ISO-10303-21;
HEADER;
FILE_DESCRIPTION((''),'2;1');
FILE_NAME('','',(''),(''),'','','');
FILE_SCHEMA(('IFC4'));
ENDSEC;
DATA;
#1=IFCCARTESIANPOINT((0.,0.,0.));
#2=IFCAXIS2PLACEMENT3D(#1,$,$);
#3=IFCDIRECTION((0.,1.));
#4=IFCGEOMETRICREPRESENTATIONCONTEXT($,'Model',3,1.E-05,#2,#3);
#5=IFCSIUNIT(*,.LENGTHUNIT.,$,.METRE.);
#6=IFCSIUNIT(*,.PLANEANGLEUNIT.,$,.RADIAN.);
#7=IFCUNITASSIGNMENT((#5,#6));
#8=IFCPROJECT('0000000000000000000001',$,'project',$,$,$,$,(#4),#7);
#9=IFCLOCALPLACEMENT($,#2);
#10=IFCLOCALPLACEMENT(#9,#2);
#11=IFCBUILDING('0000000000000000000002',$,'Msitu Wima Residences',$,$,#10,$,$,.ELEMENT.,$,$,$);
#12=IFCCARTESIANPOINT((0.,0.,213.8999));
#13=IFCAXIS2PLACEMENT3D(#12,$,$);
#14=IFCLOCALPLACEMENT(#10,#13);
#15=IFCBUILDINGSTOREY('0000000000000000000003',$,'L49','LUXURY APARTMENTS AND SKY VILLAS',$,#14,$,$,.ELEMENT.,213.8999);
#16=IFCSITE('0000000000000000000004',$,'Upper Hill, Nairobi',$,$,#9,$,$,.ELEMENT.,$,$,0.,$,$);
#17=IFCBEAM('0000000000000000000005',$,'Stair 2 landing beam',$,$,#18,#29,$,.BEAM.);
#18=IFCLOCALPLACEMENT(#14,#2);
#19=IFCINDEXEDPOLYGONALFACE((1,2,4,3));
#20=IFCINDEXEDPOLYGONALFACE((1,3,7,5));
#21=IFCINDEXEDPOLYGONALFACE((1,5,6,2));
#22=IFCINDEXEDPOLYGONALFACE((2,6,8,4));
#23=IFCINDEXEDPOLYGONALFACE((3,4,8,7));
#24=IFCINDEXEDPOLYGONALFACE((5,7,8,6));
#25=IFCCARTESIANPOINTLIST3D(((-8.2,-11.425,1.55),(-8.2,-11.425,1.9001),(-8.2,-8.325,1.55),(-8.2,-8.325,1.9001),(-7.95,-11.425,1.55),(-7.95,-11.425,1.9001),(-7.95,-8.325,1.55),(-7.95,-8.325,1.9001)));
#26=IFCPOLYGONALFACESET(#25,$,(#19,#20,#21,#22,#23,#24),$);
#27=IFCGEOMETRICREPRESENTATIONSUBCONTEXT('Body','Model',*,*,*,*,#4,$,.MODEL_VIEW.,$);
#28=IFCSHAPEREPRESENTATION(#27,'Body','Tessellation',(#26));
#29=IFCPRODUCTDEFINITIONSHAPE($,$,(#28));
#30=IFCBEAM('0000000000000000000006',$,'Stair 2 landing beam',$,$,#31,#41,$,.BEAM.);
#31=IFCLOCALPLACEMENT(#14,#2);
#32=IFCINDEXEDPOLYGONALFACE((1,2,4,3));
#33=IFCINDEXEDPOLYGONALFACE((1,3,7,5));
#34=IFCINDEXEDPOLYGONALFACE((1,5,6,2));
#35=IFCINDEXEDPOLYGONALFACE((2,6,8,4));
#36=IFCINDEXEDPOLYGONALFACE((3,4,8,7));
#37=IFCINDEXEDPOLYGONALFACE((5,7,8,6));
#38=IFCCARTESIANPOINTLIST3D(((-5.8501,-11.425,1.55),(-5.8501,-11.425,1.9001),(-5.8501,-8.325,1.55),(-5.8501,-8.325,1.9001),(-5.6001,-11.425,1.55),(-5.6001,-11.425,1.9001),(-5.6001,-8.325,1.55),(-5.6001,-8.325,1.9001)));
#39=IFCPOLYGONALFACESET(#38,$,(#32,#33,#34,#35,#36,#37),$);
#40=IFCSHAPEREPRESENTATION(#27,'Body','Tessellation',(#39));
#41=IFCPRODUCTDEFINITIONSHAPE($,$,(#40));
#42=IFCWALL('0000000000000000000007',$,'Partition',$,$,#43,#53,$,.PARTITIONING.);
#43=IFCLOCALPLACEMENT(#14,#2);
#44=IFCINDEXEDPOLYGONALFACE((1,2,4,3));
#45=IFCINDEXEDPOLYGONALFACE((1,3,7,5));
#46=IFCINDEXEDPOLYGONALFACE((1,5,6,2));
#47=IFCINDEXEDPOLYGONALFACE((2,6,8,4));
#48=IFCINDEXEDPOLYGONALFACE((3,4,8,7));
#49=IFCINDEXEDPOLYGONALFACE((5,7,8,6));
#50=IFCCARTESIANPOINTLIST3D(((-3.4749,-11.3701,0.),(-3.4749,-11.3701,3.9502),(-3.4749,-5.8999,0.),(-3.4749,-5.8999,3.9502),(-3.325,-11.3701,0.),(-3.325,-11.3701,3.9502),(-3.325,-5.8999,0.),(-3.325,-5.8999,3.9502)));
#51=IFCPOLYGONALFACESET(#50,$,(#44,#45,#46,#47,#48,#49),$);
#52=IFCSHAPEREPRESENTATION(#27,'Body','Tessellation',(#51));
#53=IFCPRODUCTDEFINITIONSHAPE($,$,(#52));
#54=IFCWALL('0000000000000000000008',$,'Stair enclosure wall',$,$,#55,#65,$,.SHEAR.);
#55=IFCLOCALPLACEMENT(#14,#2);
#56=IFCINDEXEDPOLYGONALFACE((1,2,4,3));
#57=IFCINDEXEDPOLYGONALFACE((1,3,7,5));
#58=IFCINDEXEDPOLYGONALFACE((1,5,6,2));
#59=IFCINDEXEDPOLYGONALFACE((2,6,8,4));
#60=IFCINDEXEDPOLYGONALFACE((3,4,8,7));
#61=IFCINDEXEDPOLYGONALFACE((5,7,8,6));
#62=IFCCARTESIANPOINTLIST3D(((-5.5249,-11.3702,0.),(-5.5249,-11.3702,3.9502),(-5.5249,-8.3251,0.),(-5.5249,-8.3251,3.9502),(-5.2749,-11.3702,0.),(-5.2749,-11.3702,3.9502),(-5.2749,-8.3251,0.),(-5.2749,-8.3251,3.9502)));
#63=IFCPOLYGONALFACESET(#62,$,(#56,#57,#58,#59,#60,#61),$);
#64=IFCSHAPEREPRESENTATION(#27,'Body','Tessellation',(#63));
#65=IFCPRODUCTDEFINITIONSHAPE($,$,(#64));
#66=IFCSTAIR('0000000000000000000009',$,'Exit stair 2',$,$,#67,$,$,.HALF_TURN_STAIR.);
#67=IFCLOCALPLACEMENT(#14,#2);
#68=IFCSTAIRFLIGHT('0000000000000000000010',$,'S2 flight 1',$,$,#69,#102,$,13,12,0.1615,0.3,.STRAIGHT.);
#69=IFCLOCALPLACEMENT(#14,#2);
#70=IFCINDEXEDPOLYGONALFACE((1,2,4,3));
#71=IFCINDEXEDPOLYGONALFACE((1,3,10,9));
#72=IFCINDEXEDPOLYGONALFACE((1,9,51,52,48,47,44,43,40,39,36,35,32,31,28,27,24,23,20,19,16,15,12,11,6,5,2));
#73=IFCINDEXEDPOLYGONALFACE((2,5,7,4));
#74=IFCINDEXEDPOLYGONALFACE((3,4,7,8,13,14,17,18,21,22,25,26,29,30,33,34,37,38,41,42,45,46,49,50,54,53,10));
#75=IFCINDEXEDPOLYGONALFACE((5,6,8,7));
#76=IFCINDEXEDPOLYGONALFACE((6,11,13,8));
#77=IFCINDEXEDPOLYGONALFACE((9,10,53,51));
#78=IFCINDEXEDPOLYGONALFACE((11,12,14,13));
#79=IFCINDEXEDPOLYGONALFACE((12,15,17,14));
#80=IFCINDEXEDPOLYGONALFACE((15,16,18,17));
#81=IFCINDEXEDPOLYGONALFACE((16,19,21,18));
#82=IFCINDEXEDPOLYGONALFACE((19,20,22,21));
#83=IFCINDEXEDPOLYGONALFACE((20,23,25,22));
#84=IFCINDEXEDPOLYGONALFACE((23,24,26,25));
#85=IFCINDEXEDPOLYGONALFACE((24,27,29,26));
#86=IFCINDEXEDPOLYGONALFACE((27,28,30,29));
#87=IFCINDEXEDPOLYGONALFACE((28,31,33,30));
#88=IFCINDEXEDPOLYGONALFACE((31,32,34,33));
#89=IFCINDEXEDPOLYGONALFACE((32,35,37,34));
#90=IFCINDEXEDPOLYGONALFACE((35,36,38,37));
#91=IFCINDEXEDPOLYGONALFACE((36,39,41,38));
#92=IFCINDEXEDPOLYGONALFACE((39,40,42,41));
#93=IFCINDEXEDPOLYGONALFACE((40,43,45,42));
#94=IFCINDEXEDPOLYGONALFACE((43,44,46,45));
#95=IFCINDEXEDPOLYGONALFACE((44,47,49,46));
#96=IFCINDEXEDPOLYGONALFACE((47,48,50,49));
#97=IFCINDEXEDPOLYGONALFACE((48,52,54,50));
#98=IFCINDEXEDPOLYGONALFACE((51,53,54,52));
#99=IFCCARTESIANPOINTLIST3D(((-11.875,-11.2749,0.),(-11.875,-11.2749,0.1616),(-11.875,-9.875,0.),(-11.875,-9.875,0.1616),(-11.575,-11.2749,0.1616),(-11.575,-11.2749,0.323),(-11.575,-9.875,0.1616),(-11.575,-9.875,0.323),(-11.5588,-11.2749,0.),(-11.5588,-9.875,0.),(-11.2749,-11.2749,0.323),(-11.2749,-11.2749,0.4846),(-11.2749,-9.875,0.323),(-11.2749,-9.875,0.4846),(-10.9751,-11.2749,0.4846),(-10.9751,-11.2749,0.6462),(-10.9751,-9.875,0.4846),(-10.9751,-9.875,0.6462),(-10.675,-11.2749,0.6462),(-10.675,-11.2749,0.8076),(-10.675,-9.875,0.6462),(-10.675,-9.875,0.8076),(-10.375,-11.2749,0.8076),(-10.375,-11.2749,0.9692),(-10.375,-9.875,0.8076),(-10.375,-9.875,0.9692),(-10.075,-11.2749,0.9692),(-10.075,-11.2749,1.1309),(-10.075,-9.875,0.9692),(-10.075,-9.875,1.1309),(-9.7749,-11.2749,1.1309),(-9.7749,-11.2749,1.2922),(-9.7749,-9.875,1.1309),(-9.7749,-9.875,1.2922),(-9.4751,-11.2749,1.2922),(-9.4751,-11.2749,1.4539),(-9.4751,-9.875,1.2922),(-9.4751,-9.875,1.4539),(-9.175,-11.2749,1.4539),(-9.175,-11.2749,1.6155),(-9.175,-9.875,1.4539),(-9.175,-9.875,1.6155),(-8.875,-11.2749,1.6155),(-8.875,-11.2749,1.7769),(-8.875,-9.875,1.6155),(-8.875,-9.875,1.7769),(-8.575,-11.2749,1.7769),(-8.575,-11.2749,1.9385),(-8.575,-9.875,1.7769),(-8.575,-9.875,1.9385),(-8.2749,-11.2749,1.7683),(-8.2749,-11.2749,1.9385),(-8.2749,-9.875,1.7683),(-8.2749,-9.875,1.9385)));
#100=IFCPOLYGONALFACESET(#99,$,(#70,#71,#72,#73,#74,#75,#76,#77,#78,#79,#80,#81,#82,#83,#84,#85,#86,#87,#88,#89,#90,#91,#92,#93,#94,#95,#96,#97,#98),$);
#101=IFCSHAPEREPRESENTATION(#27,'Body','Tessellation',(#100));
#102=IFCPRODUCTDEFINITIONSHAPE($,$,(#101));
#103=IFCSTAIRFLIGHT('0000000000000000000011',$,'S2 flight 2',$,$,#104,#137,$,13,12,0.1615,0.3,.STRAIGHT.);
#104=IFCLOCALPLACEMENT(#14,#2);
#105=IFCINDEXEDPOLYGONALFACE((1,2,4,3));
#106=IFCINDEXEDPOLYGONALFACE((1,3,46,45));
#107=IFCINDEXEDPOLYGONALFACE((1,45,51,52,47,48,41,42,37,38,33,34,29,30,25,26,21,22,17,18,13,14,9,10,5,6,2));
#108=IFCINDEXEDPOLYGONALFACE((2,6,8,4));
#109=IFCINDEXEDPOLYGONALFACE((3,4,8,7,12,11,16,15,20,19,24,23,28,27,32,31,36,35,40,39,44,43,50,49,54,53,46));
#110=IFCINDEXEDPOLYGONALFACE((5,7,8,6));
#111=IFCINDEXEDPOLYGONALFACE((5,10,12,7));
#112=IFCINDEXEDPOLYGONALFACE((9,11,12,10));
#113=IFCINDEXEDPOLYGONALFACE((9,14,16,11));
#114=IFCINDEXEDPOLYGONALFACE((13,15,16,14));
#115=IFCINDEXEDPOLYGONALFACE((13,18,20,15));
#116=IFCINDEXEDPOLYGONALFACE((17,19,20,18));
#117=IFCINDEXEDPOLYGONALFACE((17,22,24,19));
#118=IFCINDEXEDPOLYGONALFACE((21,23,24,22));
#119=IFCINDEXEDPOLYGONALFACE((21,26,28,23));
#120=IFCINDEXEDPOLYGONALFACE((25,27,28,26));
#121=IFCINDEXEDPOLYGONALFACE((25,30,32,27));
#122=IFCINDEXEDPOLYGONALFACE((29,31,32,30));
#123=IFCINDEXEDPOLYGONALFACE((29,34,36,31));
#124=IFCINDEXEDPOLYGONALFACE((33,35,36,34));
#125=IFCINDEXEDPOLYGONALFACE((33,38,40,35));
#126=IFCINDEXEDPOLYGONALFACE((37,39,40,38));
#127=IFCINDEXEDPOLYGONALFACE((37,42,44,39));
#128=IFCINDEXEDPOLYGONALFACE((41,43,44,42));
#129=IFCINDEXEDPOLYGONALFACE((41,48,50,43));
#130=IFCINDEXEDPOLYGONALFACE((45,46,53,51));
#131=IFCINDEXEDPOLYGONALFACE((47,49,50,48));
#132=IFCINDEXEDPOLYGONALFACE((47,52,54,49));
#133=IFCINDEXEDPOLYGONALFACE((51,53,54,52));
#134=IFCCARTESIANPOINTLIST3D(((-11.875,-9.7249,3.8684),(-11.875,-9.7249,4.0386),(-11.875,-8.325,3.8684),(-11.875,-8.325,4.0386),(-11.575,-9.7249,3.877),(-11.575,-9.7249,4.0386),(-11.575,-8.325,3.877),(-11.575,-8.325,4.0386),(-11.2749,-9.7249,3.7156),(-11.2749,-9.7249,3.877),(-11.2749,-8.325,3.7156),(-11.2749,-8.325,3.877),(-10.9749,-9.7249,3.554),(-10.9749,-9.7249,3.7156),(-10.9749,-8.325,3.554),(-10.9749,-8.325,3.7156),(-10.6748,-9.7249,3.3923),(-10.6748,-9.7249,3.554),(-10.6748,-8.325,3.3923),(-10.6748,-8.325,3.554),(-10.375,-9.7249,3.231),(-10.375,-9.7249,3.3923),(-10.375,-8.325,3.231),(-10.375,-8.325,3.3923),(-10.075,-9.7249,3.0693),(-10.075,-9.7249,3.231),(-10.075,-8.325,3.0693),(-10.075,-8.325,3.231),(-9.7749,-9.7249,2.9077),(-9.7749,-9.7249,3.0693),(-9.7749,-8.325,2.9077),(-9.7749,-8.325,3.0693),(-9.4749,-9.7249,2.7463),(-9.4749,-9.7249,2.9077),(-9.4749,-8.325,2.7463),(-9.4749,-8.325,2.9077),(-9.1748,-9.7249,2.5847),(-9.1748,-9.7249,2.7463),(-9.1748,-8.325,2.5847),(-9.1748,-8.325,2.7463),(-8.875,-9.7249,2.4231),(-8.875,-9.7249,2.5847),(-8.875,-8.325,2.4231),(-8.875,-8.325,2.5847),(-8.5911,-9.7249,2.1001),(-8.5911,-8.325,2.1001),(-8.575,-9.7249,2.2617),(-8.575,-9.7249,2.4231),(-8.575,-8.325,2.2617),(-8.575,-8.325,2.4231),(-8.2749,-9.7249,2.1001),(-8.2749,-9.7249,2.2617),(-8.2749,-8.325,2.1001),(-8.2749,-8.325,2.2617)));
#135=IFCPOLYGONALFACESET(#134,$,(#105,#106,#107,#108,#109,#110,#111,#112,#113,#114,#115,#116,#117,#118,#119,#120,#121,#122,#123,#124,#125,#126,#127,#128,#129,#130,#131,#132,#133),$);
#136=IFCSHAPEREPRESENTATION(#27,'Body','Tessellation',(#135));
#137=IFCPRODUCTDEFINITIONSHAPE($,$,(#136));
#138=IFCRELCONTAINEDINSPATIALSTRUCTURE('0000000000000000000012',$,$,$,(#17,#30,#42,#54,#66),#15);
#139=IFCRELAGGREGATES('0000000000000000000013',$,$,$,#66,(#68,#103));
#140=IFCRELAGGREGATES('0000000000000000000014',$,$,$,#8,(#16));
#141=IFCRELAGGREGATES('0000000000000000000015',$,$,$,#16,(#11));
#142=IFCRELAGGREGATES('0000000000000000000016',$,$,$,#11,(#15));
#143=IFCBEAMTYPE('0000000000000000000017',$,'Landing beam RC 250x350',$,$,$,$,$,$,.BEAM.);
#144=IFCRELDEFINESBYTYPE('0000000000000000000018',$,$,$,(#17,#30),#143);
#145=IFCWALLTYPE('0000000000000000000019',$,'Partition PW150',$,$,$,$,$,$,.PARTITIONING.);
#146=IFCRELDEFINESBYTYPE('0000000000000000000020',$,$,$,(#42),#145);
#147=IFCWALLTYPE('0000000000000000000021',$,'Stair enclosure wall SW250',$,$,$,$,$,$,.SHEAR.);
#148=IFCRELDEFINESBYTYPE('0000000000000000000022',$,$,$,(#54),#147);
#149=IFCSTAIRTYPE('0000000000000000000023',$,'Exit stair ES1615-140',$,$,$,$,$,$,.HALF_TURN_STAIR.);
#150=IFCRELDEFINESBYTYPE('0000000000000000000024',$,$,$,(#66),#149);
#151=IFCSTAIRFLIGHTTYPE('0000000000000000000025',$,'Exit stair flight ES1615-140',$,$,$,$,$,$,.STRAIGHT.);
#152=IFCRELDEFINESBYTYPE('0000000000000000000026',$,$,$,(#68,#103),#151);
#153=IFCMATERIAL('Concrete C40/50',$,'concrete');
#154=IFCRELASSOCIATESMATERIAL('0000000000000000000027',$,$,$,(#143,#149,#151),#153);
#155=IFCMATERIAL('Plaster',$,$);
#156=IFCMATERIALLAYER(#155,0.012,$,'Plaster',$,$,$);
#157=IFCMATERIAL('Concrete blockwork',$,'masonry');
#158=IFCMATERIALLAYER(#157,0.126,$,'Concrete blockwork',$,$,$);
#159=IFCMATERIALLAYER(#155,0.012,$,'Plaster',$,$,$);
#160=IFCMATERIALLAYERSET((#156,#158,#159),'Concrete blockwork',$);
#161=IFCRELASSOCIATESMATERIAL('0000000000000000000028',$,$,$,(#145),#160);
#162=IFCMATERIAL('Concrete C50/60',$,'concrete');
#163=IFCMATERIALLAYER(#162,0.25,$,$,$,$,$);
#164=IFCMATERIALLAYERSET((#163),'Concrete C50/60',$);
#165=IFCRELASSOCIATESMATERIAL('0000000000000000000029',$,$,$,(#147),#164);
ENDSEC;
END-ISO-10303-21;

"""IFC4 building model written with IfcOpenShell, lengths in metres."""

from ifc_helpers import new_model, si_unit, direction, frame, frame_2d, origin, origin_2d, place, context, subcontext, project, spatial, polyline, rectangle, outline, extrude, material, layer, layer_set, material_profile, profile_set, type_object, element, aggregate, save


model = new_model("IFC4")

# Units and contexts
model_context = context("Model", 3, precision=1e-05, world=origin(), true_north=direction((0.0, 1.0)))
body_context = subcontext(model_context, "Body", "Model", "MODEL_VIEW")
ifc_project = project(units=[si_unit("LENGTHUNIT", "METRE"), si_unit("PLANEANGLEUNIT", "RADIAN")], contexts=[model_context])

# Site, building, storey
site_placement = place(None, origin())
site = spatial("IfcSite", under=ifc_project, at=site_placement, Name="Upper Hill, Nairobi", CompositionType="ELEMENT", RefElevation=0.0)
building_placement = place(site_placement, origin())
building = spatial("IfcBuilding", under=site, at=building_placement, Name="Msitu Wima Residences", CompositionType="ELEMENT")
storey_placement = place(building_placement, frame((0.0, 0.0, 213.8999)))
storey = spatial("IfcBuildingStorey", under=building, at=storey_placement, Name="L49", Description="LUXURY APARTMENTS AND SKY VILLAS", CompositionType="ELEMENT", Elevation=213.8999)

# Beams
ifc_material_1 = material(Name="Concrete C40/50", Category="concrete")
ifc_material_profile = material_profile(ifc_material_1, rectangle(XDim=0.25, YDim=0.3501, at=origin_2d()), Name="RC 250x350")
ifc_profile_set = profile_set([ifc_material_profile], Name="Concrete C40/50")
beam_type = type_object("IfcBeamType", Name="Landing beam RC 250x350", PredefinedType="BEAM", material=ifc_profile_set)
for number, where, z_axis, x_axis, name in (
    (1, (-8.075, -11.425, 1.7251), (0.0, 1.0, 0.0), (-1.0, 0.0, 0.0), "Stair 2 landing beam"),
    (2, (-5.7251, -11.425, 1.7251), (0.0, 1.0, 0.0), (-1.0, 0.0, 0.0), "Stair 2 landing beam"),
):
    element("IfcBeam", number, at=place(storey_placement, frame(where, z_axis=z_axis, x_axis=x_axis)), inside=storey, type_object=beam_type, Name=name, PredefinedType="BEAM", context=body_context, shape_type="SweptSolid", body=[
        extrude(rectangle(XDim=0.25, YDim=0.3501, at=origin_2d()), origin(), (0.0, 0.0, 1.0), 3.1001),
    ])

# Walls
ifc_material_2 = material(Name="Plaster")
ifc_layer_1 = layer(ifc_material_2, 0.012, Name="Plaster")
ifc_material_3 = material(Name="Concrete blockwork", Category="masonry")
ifc_layer_2 = layer(ifc_material_3, 0.126, Name="Concrete blockwork")
ifc_layer_3 = layer(ifc_material_2, 0.012, Name="Plaster")
ifc_layer_set_1 = layer_set([ifc_layer_1, ifc_layer_2, ifc_layer_3], Name="Concrete blockwork")
wall_type_1 = type_object("IfcWallType", Name="Partition PW150", PredefinedType="PARTITIONING", material=ifc_layer_set_1)
wall_1_placement = place(storey_placement, frame((-3.3999, -11.3701, 0.0), z_axis=(0.0, 0.0, 1.0), x_axis=(0.0, 1.0, 0.0)))
element("IfcWall", 3, at=wall_1_placement, inside=storey, type_object=wall_type_1, Name="Partition", PredefinedType="PARTITIONING", context=body_context, shape_type="SweptSolid", body=[
    extrude(rectangle(XDim=5.4702, YDim=0.1499, at=frame_2d((2.7351, 0.0))), origin(), (0.0, 0.0, 1.0), 3.9502),
])
ifc_material_4 = material(Name="Concrete C50/60", Category="concrete")
ifc_layer_4 = layer(ifc_material_4, 0.25)
ifc_layer_set_2 = layer_set([ifc_layer_4], Name="Concrete C50/60")
wall_type_2 = type_object("IfcWallType", Name="Stair enclosure wall SW250", PredefinedType="SHEAR", material=ifc_layer_set_2)
wall_2_placement = place(storey_placement, frame((-5.3999, -11.3701, 0.0), z_axis=(0.0, 0.0, 1.0), x_axis=(0.0, 1.0, 0.0)))
element("IfcWall", 4, at=wall_2_placement, inside=storey, type_object=wall_type_2, Name="Stair enclosure wall", PredefinedType="SHEAR", context=body_context, shape_type="SweptSolid", body=[
    extrude(rectangle(XDim=3.0452, YDim=0.25, at=frame_2d((1.5225, 0.0))), origin(), (0.0, 0.0, 1.0), 3.9502),
])

# Stair, stair flights
stair_type = type_object("IfcStairType", Name="Exit stair ES1615-140", PredefinedType="HALF_TURN_STAIR", material=ifc_material_1)
stair_placement = place(storey_placement, origin())
stair = element("IfcStair", 5, at=stair_placement, inside=storey, type_object=stair_type, Name="Exit stair 2", PredefinedType="HALF_TURN_STAIR")
stair_flight_type = type_object("IfcStairFlightType", Name="Exit stair flight ES1615-140", PredefinedType="STRAIGHT", material=ifc_material_1)
stair_flight_1_placement = place(storey_placement, frame((-11.875, -10.575, 0.0), z_axis=(0.0, 0.0, 1.0), x_axis=(1.0, 0.0, 0.0)))
stair_flight_1 = element("IfcStairFlight", 6, at=stair_flight_1_placement, type_object=stair_flight_type, Name="S2 flight 1", NumberOfRisers=13, NumberOfTreads=12, PredefinedType="STRAIGHT", RiserHeight=0.1615, TreadLength=0.3, context=body_context, shape_type="SweptSolid", body=[
    extrude(outline(polyline([(0.0, 0.0), (0.0, 0.1616), (0.3, 0.1616), (0.3, 0.323), (0.6001, 0.323), (0.6001, 0.4846), (0.8999, 0.4846), (0.8999, 0.6462), (1.2, 0.6462), (1.2, 0.8076), (1.5, 0.8076), (1.5, 0.9692), (1.8, 0.9692), (1.8, 1.1309), (2.1001, 1.1309), (2.1001, 1.2922), (2.3999, 1.2922), (2.3999, 1.4539), (2.7, 1.4539), (2.7, 1.6155), (3.0, 1.6155), (3.0, 1.7769), (3.3, 1.7769), (3.3, 1.9385), (3.6001, 1.9385), (3.6001, 2.1001), (3.6001, 1.7683), (0.3162, 0.0), (0.0, 0.0)])), frame((0.0, 0.7, 0.0), z_axis=(0.0, -1.0, 0.0), x_axis=(1.0, 0.0, 0.0)), (0.0, 0.0, 1.0), 1.3999),
])
stair_flight_2_placement = place(storey_placement, frame((-8.2749, -9.0249, 2.1001), z_axis=(0.0, 0.0, 1.0), x_axis=(-1.0, 0.0, 0.0)))
stair_flight_2 = element("IfcStairFlight", 7, at=stair_flight_2_placement, type_object=stair_flight_type, Name="S2 flight 2", NumberOfRisers=13, NumberOfTreads=12, PredefinedType="STRAIGHT", RiserHeight=0.1615, TreadLength=0.3, context=body_context, shape_type="SweptSolid", body=[
    extrude(outline(polyline([(0.0, 0.0), (0.0, 0.1616), (0.3, 0.1616), (0.3, 0.323), (0.6001, 0.323), (0.6001, 0.4846), (0.8999, 0.4846), (0.8999, 0.6462), (1.2, 0.6462), (1.2, 0.8076), (1.5, 0.8076), (1.5, 0.9692), (1.8, 0.9692), (1.8, 1.1309), (2.1001, 1.1309), (2.1001, 1.2922), (2.3999, 1.2922), (2.3999, 1.4539), (2.7, 1.4539), (2.7, 1.6155), (3.0, 1.6155), (3.0, 1.7769), (3.3, 1.7769), (3.3, 1.9385), (3.6001, 1.9385), (3.6001, 2.1001), (3.6001, 1.7683), (0.3162, 0.0), (0.0, 0.0)])), frame((0.0, 0.7, 0.0), z_axis=(0.0, -1.0, 0.0), x_axis=(1.0, 0.0, 0.0)), (0.0, 0.0, 1.0), 1.3999),
])
aggregate(stair, [stair_flight_1, stair_flight_2])

save(model, "model.ifc")
